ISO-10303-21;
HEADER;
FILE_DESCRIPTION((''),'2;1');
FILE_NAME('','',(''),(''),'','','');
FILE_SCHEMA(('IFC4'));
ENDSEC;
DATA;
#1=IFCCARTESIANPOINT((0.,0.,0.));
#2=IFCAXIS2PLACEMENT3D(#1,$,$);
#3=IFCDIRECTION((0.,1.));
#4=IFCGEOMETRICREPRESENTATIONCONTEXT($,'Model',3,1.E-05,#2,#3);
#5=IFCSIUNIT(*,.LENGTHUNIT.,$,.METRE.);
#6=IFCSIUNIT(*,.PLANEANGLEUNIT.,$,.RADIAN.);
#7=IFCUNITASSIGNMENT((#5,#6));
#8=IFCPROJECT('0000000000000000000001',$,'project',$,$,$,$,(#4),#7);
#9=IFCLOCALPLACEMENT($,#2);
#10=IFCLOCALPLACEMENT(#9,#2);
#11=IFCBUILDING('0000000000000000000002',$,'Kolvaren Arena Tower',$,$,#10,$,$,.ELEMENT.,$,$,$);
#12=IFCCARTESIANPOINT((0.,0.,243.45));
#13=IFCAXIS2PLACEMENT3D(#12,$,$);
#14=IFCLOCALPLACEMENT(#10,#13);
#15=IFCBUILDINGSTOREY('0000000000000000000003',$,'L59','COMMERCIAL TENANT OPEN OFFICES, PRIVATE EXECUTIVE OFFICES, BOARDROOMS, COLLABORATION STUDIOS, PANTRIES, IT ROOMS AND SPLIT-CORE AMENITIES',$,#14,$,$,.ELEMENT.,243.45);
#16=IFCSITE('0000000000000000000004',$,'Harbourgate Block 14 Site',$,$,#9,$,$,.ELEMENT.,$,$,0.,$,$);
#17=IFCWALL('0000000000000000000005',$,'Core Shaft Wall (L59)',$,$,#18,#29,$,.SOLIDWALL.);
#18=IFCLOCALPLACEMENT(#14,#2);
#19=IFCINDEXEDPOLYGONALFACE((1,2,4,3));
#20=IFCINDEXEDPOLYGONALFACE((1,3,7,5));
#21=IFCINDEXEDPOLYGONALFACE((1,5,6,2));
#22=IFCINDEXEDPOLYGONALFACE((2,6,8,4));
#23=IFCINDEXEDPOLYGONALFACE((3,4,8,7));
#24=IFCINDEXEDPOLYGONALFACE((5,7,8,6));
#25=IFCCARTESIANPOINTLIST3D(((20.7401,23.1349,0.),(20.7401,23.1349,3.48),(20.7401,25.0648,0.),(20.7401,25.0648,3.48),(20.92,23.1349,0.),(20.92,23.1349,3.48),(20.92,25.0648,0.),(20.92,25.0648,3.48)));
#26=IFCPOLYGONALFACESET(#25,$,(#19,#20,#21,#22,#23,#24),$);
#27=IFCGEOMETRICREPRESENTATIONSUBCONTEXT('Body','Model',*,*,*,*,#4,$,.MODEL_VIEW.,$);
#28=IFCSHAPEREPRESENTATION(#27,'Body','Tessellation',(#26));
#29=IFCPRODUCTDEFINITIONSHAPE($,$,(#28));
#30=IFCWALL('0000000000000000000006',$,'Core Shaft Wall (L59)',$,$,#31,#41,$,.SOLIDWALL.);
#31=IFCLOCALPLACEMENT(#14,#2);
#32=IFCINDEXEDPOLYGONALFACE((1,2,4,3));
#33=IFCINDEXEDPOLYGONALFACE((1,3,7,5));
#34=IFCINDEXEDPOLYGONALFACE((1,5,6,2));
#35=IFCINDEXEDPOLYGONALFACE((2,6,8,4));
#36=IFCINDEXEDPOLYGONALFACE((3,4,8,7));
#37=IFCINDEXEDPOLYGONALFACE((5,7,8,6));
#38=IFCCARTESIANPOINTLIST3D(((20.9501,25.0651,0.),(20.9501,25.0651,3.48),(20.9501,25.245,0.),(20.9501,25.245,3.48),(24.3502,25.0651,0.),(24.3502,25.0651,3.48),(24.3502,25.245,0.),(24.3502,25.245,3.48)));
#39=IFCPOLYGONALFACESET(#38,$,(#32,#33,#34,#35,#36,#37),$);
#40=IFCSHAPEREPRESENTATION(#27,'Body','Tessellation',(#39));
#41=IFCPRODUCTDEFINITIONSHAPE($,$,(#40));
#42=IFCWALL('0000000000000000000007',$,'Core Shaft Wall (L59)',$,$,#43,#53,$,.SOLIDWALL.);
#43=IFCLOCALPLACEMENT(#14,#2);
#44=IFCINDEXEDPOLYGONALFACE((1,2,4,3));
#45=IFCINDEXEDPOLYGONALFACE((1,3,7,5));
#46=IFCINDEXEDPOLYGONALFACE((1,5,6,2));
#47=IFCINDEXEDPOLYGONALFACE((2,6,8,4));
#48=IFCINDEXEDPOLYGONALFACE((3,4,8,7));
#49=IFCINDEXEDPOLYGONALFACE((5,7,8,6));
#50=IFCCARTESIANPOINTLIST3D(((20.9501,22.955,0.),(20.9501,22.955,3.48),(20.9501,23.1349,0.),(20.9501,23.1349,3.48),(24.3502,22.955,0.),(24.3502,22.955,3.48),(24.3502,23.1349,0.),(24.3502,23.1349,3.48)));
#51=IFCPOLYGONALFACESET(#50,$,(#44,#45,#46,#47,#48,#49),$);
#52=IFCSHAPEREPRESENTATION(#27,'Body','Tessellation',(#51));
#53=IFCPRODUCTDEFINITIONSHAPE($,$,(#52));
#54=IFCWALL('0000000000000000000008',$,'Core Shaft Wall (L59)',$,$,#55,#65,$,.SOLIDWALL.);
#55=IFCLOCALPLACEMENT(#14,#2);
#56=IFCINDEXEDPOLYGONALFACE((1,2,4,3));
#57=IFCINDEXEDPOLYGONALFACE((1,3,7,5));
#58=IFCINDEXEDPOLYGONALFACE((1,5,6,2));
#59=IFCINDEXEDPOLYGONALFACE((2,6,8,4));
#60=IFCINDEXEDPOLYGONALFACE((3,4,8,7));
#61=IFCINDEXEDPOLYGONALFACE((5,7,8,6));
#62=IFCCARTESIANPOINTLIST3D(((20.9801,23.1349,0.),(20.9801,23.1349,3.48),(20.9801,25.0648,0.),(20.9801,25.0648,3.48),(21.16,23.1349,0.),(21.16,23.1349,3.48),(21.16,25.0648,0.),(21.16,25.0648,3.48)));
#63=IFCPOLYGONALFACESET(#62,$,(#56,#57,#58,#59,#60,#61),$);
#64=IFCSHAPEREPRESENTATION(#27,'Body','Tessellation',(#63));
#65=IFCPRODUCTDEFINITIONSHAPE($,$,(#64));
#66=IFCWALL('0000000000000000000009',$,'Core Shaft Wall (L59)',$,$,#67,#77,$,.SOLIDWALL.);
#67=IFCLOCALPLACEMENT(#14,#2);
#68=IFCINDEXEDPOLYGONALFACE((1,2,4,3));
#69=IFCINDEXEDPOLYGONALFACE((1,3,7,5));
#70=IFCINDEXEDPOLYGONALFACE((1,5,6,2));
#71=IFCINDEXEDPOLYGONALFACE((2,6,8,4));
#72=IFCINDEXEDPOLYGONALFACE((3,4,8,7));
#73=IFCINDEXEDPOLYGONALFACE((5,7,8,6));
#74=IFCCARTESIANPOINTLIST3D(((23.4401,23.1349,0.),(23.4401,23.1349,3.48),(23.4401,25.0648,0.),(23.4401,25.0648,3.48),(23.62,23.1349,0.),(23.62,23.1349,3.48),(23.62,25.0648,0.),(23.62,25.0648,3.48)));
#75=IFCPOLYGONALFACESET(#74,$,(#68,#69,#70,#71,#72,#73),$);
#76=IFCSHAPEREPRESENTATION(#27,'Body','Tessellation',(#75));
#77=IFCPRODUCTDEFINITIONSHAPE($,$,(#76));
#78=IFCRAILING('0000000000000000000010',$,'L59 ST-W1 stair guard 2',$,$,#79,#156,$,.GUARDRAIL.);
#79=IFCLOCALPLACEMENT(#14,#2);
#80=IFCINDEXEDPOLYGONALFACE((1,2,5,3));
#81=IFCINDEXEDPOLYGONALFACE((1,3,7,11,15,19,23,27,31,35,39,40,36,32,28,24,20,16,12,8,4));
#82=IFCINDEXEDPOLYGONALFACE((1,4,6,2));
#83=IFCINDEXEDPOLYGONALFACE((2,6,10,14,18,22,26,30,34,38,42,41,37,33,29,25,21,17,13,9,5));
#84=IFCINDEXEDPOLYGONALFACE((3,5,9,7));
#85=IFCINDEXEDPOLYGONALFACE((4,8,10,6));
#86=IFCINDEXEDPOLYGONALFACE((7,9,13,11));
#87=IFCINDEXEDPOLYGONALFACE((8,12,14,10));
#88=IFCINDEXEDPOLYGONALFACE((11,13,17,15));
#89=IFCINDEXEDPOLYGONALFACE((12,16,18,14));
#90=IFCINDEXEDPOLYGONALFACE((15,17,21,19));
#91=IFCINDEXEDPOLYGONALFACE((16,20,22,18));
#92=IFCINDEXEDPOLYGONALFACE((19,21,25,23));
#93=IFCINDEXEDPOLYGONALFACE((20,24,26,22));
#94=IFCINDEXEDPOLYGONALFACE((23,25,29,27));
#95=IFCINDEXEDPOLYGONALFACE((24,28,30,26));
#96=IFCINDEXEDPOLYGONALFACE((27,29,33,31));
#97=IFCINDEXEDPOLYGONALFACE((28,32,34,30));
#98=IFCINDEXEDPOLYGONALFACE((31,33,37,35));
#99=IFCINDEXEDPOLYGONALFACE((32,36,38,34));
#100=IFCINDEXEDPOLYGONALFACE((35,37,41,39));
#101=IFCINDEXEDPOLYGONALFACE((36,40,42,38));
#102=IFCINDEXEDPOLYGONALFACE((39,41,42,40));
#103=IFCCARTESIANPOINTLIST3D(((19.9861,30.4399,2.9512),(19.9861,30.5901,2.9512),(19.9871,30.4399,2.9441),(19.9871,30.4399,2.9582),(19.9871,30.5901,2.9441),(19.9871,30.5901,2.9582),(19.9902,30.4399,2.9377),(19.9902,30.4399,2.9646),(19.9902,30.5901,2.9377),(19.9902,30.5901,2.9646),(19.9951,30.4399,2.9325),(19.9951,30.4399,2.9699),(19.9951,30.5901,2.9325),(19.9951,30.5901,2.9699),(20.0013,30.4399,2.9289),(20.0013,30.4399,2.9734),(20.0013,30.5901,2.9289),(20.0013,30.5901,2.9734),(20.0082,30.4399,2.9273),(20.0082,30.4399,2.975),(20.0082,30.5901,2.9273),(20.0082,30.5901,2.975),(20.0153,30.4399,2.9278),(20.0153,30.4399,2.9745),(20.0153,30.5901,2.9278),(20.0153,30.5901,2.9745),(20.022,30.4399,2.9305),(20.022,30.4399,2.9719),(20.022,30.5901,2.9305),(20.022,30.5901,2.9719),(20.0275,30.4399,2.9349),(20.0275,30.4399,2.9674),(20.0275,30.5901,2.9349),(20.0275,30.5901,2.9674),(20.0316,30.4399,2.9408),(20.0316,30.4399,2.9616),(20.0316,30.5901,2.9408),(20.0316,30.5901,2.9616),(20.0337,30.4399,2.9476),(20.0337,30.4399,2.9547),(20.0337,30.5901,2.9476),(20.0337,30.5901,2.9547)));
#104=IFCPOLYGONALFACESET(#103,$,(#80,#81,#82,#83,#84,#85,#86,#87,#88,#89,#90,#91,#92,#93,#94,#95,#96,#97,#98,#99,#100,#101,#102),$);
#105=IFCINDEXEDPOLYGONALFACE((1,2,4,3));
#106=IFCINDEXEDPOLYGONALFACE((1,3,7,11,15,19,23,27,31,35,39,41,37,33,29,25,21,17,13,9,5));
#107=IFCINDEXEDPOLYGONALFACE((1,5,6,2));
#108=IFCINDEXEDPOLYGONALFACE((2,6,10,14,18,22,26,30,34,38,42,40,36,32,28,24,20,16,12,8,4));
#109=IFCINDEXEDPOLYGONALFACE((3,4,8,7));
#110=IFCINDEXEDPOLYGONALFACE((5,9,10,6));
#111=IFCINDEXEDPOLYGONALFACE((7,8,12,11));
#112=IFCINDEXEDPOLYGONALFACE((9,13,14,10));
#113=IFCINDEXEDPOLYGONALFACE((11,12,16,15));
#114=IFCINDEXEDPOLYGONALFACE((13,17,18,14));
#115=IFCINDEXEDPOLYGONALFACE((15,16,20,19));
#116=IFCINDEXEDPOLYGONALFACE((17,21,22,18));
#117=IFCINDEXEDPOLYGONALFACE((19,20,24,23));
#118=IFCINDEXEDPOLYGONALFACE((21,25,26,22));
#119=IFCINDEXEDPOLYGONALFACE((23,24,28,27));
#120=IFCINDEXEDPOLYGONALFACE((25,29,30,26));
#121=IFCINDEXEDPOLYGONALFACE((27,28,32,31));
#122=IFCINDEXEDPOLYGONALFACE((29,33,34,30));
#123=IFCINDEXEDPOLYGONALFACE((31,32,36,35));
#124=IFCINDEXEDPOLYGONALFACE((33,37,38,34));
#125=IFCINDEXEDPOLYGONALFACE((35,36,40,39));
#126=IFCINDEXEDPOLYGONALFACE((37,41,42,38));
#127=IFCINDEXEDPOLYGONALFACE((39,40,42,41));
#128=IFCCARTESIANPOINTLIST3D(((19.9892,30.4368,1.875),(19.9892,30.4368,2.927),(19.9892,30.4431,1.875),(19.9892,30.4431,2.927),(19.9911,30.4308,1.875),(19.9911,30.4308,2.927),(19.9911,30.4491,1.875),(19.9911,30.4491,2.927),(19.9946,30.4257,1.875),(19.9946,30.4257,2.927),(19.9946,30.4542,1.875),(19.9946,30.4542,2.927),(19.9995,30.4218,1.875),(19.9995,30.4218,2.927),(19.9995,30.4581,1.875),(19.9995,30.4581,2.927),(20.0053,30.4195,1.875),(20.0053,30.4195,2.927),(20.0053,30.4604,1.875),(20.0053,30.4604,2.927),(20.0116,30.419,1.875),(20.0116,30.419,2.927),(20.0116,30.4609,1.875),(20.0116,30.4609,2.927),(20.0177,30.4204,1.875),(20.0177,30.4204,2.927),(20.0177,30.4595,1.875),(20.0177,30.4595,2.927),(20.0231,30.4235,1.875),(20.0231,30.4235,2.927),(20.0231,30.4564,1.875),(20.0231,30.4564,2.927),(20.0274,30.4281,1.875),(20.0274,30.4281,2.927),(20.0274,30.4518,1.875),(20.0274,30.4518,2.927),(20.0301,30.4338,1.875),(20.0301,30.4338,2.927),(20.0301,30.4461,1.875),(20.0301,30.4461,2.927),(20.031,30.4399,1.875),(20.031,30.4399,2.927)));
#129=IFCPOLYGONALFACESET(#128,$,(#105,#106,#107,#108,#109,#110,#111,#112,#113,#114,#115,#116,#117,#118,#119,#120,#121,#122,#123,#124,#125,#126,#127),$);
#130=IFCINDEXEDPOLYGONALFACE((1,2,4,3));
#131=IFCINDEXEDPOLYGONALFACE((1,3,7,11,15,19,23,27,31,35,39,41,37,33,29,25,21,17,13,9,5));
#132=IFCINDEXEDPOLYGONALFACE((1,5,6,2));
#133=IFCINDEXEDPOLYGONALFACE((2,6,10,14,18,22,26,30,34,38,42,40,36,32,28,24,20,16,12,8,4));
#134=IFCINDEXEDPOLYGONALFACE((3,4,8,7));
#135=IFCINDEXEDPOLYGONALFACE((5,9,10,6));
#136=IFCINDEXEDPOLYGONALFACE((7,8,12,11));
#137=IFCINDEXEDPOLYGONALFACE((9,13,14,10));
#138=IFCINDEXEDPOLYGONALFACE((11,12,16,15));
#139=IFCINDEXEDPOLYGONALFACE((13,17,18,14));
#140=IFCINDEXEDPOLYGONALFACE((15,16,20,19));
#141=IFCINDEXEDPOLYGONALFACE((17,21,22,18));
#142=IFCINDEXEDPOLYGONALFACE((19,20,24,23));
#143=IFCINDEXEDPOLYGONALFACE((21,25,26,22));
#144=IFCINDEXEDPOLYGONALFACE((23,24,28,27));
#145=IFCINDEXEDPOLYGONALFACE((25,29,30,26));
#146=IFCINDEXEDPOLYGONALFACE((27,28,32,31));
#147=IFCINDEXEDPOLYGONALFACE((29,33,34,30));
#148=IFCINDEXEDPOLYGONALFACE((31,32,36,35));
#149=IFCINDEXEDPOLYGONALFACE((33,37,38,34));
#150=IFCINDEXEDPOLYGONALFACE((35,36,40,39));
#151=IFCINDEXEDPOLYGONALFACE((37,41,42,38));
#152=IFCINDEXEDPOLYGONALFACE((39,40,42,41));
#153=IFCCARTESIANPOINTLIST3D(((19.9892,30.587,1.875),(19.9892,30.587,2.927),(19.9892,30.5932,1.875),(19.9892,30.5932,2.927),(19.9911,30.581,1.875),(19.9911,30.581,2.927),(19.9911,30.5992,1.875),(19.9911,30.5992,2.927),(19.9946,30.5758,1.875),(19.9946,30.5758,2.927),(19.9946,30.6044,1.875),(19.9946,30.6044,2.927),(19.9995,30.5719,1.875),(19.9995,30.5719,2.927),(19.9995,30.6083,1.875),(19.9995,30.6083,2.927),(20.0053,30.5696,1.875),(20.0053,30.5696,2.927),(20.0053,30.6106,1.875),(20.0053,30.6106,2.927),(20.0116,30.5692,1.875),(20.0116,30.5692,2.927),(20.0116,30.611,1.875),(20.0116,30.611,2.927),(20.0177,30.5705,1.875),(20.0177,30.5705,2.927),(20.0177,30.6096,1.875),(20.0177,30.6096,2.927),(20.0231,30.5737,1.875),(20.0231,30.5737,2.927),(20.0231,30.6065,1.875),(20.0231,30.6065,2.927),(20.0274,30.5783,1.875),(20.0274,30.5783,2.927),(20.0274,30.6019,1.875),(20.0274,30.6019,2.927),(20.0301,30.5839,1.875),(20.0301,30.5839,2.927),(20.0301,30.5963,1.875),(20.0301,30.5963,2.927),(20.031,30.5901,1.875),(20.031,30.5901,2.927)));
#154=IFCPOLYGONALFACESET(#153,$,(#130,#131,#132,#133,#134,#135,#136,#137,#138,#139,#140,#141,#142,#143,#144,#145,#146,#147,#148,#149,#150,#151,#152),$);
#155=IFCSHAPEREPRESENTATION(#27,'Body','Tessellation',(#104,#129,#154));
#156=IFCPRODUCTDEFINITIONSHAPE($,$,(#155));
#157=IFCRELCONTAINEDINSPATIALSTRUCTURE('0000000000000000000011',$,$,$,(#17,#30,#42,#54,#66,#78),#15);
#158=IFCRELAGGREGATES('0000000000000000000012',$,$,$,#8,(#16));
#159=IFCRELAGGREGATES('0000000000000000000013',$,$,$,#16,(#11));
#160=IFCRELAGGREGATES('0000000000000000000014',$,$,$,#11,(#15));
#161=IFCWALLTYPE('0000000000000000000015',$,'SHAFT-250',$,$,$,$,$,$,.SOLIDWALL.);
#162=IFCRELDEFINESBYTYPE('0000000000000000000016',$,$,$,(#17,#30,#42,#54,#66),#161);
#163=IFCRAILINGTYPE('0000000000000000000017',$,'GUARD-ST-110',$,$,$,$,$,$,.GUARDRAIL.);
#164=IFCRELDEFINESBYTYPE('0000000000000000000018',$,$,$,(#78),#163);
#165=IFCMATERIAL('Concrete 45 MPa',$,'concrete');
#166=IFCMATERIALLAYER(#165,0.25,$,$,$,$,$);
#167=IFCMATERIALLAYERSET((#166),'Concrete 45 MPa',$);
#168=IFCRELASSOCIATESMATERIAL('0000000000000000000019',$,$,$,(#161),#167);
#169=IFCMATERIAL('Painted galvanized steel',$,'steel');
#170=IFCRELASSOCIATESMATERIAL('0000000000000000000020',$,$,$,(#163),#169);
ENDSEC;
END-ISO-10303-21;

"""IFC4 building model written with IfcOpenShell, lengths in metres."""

from ifc_helpers import new_model, si_unit, direction, frame, frame_2d, origin, origin_2d, place, context, subcontext, project, spatial, rectangle, circle, extrude, material, layer, layer_set, type_object, element, save


model = new_model("IFC4")

# Units and contexts
model_context = context("Model", 3, precision=1e-05, world=origin(), true_north=direction((0.0, 1.0)))
body_context = subcontext(model_context, "Body", "Model", "MODEL_VIEW")
ifc_project = project(units=[si_unit("LENGTHUNIT", "METRE"), si_unit("PLANEANGLEUNIT", "RADIAN")], contexts=[model_context])

# Site, building, storey
site_placement = place(None, origin())
site = spatial("IfcSite", under=ifc_project, at=site_placement, Name="Harbourgate Block 14 Site", CompositionType="ELEMENT", RefElevation=0.0)
building_placement = place(site_placement, origin())
building = spatial("IfcBuilding", under=site, at=building_placement, Name="Kolvaren Arena Tower", CompositionType="ELEMENT")
storey_placement = place(building_placement, frame((0.0, 0.0, 243.45)))
storey = spatial("IfcBuildingStorey", under=building, at=storey_placement, Name="L59", Description="COMMERCIAL TENANT OPEN OFFICES, PRIVATE EXECUTIVE OFFICES, BOARDROOMS, COLLABORATION STUDIOS, PANTRIES, IT ROOMS AND SPLIT-CORE AMENITIES", CompositionType="ELEMENT", Elevation=243.45)

# Shared definitions
ifc_material_1 = material(Name="Concrete 45 MPa", Category="concrete")
ifc_layer_1 = layer(ifc_material_1, 0.25)
ifc_layer_set_1 = layer_set([ifc_layer_1], Name="Concrete 45 MPa")
wall_type_1 = type_object("IfcWallType", Name="SHAFT-250", PredefinedType="SOLIDWALL", material=ifc_layer_set_1)

# Walls
wall_1_placement = place(storey_placement, frame((20.8301, 23.135, 0.0), z_axis=(0.0, 0.0, 1.0), x_axis=(0.0, 1.0, 0.0)))
element("IfcWall", 1, at=wall_1_placement, inside=storey, type_object=wall_type_1, Name="Core Shaft Wall (L59)", PredefinedType="SOLIDWALL", context=body_context, shape_type="SweptSolid", body=[
    extrude(rectangle(XDim=1.9299, YDim=0.1799, at=frame_2d((0.9648, 0.0))), origin(), (0.0, 0.0, 1.0), 3.48),
])
for number, where, z_axis, x_axis, name in (
    (2, (20.95, 25.155, 0.0), (0.0, 0.0, 1.0), (1.0, 0.0, 0.0), "Core Shaft Wall (L59)"),
    (3, (20.95, 23.0449, 0.0), (0.0, 0.0, 1.0), (1.0, 0.0, 0.0), "Core Shaft Wall (L59)"),
):
    element("IfcWall", number, at=place(storey_placement, frame(where, z_axis=z_axis, x_axis=x_axis)), inside=storey, type_object=wall_type_1, Name=name, PredefinedType="SOLIDWALL", context=body_context, shape_type="SweptSolid", body=[
        extrude(rectangle(XDim=3.4001, YDim=0.1799, at=frame_2d((1.7002, 0.0))), origin(), (0.0, 0.0, 1.0), 3.48),
    ])
for number, where, z_axis, x_axis, name in (
    (4, (21.0701, 23.135, 0.0), (0.0, 0.0, 1.0), (0.0, 1.0, 0.0), "Core Shaft Wall (L59)"),
    (5, (23.53, 23.135, 0.0), (0.0, 0.0, 1.0), (0.0, 1.0, 0.0), "Core Shaft Wall (L59)"),
):
    element("IfcWall", number, at=place(storey_placement, frame(where, z_axis=z_axis, x_axis=x_axis)), inside=storey, type_object=wall_type_1, Name=name, PredefinedType="SOLIDWALL", context=body_context, shape_type="SweptSolid", body=[
        extrude(rectangle(XDim=1.9299, YDim=0.1799, at=frame_2d((0.9648, 0.0))), origin(), (0.0, 0.0, 1.0), 3.48),
    ])

# Railing
ifc_material_2 = material(Name="Painted galvanized steel", Category="steel")
railing_type = type_object("IfcRailingType", Name="GUARD-ST-110", PredefinedType="GUARDRAIL", material=ifc_material_2)
railing_placement = place(storey_placement, frame((20.01, 30.4399, 1.875)))
element("IfcRailing", 6, at=railing_placement, inside=storey, type_object=railing_type, Name="L59 ST-W1 stair guard 2", PredefinedType="GUARDRAIL", context=body_context, shape_type="SweptSolid", body=[
    extrude(circle(Radius=0.0239, at=origin_2d()), frame((0.0, 0.0, 1.0762), z_axis=(0.0, 1.0, 0.0), x_axis=(-1.0, 0.0, 0.0)), (0.0, 0.0, 1.0), 0.1501),
    extrude(circle(Radius=0.021, at=origin_2d()), origin(), (0.0, 0.0, 1.0), 1.052),
    extrude(circle(Radius=0.021, at=origin_2d()), frame((0.0, 0.1501, 0.0)), (0.0, 0.0, 1.0), 1.052),
])

save(model, "model.ifc")
